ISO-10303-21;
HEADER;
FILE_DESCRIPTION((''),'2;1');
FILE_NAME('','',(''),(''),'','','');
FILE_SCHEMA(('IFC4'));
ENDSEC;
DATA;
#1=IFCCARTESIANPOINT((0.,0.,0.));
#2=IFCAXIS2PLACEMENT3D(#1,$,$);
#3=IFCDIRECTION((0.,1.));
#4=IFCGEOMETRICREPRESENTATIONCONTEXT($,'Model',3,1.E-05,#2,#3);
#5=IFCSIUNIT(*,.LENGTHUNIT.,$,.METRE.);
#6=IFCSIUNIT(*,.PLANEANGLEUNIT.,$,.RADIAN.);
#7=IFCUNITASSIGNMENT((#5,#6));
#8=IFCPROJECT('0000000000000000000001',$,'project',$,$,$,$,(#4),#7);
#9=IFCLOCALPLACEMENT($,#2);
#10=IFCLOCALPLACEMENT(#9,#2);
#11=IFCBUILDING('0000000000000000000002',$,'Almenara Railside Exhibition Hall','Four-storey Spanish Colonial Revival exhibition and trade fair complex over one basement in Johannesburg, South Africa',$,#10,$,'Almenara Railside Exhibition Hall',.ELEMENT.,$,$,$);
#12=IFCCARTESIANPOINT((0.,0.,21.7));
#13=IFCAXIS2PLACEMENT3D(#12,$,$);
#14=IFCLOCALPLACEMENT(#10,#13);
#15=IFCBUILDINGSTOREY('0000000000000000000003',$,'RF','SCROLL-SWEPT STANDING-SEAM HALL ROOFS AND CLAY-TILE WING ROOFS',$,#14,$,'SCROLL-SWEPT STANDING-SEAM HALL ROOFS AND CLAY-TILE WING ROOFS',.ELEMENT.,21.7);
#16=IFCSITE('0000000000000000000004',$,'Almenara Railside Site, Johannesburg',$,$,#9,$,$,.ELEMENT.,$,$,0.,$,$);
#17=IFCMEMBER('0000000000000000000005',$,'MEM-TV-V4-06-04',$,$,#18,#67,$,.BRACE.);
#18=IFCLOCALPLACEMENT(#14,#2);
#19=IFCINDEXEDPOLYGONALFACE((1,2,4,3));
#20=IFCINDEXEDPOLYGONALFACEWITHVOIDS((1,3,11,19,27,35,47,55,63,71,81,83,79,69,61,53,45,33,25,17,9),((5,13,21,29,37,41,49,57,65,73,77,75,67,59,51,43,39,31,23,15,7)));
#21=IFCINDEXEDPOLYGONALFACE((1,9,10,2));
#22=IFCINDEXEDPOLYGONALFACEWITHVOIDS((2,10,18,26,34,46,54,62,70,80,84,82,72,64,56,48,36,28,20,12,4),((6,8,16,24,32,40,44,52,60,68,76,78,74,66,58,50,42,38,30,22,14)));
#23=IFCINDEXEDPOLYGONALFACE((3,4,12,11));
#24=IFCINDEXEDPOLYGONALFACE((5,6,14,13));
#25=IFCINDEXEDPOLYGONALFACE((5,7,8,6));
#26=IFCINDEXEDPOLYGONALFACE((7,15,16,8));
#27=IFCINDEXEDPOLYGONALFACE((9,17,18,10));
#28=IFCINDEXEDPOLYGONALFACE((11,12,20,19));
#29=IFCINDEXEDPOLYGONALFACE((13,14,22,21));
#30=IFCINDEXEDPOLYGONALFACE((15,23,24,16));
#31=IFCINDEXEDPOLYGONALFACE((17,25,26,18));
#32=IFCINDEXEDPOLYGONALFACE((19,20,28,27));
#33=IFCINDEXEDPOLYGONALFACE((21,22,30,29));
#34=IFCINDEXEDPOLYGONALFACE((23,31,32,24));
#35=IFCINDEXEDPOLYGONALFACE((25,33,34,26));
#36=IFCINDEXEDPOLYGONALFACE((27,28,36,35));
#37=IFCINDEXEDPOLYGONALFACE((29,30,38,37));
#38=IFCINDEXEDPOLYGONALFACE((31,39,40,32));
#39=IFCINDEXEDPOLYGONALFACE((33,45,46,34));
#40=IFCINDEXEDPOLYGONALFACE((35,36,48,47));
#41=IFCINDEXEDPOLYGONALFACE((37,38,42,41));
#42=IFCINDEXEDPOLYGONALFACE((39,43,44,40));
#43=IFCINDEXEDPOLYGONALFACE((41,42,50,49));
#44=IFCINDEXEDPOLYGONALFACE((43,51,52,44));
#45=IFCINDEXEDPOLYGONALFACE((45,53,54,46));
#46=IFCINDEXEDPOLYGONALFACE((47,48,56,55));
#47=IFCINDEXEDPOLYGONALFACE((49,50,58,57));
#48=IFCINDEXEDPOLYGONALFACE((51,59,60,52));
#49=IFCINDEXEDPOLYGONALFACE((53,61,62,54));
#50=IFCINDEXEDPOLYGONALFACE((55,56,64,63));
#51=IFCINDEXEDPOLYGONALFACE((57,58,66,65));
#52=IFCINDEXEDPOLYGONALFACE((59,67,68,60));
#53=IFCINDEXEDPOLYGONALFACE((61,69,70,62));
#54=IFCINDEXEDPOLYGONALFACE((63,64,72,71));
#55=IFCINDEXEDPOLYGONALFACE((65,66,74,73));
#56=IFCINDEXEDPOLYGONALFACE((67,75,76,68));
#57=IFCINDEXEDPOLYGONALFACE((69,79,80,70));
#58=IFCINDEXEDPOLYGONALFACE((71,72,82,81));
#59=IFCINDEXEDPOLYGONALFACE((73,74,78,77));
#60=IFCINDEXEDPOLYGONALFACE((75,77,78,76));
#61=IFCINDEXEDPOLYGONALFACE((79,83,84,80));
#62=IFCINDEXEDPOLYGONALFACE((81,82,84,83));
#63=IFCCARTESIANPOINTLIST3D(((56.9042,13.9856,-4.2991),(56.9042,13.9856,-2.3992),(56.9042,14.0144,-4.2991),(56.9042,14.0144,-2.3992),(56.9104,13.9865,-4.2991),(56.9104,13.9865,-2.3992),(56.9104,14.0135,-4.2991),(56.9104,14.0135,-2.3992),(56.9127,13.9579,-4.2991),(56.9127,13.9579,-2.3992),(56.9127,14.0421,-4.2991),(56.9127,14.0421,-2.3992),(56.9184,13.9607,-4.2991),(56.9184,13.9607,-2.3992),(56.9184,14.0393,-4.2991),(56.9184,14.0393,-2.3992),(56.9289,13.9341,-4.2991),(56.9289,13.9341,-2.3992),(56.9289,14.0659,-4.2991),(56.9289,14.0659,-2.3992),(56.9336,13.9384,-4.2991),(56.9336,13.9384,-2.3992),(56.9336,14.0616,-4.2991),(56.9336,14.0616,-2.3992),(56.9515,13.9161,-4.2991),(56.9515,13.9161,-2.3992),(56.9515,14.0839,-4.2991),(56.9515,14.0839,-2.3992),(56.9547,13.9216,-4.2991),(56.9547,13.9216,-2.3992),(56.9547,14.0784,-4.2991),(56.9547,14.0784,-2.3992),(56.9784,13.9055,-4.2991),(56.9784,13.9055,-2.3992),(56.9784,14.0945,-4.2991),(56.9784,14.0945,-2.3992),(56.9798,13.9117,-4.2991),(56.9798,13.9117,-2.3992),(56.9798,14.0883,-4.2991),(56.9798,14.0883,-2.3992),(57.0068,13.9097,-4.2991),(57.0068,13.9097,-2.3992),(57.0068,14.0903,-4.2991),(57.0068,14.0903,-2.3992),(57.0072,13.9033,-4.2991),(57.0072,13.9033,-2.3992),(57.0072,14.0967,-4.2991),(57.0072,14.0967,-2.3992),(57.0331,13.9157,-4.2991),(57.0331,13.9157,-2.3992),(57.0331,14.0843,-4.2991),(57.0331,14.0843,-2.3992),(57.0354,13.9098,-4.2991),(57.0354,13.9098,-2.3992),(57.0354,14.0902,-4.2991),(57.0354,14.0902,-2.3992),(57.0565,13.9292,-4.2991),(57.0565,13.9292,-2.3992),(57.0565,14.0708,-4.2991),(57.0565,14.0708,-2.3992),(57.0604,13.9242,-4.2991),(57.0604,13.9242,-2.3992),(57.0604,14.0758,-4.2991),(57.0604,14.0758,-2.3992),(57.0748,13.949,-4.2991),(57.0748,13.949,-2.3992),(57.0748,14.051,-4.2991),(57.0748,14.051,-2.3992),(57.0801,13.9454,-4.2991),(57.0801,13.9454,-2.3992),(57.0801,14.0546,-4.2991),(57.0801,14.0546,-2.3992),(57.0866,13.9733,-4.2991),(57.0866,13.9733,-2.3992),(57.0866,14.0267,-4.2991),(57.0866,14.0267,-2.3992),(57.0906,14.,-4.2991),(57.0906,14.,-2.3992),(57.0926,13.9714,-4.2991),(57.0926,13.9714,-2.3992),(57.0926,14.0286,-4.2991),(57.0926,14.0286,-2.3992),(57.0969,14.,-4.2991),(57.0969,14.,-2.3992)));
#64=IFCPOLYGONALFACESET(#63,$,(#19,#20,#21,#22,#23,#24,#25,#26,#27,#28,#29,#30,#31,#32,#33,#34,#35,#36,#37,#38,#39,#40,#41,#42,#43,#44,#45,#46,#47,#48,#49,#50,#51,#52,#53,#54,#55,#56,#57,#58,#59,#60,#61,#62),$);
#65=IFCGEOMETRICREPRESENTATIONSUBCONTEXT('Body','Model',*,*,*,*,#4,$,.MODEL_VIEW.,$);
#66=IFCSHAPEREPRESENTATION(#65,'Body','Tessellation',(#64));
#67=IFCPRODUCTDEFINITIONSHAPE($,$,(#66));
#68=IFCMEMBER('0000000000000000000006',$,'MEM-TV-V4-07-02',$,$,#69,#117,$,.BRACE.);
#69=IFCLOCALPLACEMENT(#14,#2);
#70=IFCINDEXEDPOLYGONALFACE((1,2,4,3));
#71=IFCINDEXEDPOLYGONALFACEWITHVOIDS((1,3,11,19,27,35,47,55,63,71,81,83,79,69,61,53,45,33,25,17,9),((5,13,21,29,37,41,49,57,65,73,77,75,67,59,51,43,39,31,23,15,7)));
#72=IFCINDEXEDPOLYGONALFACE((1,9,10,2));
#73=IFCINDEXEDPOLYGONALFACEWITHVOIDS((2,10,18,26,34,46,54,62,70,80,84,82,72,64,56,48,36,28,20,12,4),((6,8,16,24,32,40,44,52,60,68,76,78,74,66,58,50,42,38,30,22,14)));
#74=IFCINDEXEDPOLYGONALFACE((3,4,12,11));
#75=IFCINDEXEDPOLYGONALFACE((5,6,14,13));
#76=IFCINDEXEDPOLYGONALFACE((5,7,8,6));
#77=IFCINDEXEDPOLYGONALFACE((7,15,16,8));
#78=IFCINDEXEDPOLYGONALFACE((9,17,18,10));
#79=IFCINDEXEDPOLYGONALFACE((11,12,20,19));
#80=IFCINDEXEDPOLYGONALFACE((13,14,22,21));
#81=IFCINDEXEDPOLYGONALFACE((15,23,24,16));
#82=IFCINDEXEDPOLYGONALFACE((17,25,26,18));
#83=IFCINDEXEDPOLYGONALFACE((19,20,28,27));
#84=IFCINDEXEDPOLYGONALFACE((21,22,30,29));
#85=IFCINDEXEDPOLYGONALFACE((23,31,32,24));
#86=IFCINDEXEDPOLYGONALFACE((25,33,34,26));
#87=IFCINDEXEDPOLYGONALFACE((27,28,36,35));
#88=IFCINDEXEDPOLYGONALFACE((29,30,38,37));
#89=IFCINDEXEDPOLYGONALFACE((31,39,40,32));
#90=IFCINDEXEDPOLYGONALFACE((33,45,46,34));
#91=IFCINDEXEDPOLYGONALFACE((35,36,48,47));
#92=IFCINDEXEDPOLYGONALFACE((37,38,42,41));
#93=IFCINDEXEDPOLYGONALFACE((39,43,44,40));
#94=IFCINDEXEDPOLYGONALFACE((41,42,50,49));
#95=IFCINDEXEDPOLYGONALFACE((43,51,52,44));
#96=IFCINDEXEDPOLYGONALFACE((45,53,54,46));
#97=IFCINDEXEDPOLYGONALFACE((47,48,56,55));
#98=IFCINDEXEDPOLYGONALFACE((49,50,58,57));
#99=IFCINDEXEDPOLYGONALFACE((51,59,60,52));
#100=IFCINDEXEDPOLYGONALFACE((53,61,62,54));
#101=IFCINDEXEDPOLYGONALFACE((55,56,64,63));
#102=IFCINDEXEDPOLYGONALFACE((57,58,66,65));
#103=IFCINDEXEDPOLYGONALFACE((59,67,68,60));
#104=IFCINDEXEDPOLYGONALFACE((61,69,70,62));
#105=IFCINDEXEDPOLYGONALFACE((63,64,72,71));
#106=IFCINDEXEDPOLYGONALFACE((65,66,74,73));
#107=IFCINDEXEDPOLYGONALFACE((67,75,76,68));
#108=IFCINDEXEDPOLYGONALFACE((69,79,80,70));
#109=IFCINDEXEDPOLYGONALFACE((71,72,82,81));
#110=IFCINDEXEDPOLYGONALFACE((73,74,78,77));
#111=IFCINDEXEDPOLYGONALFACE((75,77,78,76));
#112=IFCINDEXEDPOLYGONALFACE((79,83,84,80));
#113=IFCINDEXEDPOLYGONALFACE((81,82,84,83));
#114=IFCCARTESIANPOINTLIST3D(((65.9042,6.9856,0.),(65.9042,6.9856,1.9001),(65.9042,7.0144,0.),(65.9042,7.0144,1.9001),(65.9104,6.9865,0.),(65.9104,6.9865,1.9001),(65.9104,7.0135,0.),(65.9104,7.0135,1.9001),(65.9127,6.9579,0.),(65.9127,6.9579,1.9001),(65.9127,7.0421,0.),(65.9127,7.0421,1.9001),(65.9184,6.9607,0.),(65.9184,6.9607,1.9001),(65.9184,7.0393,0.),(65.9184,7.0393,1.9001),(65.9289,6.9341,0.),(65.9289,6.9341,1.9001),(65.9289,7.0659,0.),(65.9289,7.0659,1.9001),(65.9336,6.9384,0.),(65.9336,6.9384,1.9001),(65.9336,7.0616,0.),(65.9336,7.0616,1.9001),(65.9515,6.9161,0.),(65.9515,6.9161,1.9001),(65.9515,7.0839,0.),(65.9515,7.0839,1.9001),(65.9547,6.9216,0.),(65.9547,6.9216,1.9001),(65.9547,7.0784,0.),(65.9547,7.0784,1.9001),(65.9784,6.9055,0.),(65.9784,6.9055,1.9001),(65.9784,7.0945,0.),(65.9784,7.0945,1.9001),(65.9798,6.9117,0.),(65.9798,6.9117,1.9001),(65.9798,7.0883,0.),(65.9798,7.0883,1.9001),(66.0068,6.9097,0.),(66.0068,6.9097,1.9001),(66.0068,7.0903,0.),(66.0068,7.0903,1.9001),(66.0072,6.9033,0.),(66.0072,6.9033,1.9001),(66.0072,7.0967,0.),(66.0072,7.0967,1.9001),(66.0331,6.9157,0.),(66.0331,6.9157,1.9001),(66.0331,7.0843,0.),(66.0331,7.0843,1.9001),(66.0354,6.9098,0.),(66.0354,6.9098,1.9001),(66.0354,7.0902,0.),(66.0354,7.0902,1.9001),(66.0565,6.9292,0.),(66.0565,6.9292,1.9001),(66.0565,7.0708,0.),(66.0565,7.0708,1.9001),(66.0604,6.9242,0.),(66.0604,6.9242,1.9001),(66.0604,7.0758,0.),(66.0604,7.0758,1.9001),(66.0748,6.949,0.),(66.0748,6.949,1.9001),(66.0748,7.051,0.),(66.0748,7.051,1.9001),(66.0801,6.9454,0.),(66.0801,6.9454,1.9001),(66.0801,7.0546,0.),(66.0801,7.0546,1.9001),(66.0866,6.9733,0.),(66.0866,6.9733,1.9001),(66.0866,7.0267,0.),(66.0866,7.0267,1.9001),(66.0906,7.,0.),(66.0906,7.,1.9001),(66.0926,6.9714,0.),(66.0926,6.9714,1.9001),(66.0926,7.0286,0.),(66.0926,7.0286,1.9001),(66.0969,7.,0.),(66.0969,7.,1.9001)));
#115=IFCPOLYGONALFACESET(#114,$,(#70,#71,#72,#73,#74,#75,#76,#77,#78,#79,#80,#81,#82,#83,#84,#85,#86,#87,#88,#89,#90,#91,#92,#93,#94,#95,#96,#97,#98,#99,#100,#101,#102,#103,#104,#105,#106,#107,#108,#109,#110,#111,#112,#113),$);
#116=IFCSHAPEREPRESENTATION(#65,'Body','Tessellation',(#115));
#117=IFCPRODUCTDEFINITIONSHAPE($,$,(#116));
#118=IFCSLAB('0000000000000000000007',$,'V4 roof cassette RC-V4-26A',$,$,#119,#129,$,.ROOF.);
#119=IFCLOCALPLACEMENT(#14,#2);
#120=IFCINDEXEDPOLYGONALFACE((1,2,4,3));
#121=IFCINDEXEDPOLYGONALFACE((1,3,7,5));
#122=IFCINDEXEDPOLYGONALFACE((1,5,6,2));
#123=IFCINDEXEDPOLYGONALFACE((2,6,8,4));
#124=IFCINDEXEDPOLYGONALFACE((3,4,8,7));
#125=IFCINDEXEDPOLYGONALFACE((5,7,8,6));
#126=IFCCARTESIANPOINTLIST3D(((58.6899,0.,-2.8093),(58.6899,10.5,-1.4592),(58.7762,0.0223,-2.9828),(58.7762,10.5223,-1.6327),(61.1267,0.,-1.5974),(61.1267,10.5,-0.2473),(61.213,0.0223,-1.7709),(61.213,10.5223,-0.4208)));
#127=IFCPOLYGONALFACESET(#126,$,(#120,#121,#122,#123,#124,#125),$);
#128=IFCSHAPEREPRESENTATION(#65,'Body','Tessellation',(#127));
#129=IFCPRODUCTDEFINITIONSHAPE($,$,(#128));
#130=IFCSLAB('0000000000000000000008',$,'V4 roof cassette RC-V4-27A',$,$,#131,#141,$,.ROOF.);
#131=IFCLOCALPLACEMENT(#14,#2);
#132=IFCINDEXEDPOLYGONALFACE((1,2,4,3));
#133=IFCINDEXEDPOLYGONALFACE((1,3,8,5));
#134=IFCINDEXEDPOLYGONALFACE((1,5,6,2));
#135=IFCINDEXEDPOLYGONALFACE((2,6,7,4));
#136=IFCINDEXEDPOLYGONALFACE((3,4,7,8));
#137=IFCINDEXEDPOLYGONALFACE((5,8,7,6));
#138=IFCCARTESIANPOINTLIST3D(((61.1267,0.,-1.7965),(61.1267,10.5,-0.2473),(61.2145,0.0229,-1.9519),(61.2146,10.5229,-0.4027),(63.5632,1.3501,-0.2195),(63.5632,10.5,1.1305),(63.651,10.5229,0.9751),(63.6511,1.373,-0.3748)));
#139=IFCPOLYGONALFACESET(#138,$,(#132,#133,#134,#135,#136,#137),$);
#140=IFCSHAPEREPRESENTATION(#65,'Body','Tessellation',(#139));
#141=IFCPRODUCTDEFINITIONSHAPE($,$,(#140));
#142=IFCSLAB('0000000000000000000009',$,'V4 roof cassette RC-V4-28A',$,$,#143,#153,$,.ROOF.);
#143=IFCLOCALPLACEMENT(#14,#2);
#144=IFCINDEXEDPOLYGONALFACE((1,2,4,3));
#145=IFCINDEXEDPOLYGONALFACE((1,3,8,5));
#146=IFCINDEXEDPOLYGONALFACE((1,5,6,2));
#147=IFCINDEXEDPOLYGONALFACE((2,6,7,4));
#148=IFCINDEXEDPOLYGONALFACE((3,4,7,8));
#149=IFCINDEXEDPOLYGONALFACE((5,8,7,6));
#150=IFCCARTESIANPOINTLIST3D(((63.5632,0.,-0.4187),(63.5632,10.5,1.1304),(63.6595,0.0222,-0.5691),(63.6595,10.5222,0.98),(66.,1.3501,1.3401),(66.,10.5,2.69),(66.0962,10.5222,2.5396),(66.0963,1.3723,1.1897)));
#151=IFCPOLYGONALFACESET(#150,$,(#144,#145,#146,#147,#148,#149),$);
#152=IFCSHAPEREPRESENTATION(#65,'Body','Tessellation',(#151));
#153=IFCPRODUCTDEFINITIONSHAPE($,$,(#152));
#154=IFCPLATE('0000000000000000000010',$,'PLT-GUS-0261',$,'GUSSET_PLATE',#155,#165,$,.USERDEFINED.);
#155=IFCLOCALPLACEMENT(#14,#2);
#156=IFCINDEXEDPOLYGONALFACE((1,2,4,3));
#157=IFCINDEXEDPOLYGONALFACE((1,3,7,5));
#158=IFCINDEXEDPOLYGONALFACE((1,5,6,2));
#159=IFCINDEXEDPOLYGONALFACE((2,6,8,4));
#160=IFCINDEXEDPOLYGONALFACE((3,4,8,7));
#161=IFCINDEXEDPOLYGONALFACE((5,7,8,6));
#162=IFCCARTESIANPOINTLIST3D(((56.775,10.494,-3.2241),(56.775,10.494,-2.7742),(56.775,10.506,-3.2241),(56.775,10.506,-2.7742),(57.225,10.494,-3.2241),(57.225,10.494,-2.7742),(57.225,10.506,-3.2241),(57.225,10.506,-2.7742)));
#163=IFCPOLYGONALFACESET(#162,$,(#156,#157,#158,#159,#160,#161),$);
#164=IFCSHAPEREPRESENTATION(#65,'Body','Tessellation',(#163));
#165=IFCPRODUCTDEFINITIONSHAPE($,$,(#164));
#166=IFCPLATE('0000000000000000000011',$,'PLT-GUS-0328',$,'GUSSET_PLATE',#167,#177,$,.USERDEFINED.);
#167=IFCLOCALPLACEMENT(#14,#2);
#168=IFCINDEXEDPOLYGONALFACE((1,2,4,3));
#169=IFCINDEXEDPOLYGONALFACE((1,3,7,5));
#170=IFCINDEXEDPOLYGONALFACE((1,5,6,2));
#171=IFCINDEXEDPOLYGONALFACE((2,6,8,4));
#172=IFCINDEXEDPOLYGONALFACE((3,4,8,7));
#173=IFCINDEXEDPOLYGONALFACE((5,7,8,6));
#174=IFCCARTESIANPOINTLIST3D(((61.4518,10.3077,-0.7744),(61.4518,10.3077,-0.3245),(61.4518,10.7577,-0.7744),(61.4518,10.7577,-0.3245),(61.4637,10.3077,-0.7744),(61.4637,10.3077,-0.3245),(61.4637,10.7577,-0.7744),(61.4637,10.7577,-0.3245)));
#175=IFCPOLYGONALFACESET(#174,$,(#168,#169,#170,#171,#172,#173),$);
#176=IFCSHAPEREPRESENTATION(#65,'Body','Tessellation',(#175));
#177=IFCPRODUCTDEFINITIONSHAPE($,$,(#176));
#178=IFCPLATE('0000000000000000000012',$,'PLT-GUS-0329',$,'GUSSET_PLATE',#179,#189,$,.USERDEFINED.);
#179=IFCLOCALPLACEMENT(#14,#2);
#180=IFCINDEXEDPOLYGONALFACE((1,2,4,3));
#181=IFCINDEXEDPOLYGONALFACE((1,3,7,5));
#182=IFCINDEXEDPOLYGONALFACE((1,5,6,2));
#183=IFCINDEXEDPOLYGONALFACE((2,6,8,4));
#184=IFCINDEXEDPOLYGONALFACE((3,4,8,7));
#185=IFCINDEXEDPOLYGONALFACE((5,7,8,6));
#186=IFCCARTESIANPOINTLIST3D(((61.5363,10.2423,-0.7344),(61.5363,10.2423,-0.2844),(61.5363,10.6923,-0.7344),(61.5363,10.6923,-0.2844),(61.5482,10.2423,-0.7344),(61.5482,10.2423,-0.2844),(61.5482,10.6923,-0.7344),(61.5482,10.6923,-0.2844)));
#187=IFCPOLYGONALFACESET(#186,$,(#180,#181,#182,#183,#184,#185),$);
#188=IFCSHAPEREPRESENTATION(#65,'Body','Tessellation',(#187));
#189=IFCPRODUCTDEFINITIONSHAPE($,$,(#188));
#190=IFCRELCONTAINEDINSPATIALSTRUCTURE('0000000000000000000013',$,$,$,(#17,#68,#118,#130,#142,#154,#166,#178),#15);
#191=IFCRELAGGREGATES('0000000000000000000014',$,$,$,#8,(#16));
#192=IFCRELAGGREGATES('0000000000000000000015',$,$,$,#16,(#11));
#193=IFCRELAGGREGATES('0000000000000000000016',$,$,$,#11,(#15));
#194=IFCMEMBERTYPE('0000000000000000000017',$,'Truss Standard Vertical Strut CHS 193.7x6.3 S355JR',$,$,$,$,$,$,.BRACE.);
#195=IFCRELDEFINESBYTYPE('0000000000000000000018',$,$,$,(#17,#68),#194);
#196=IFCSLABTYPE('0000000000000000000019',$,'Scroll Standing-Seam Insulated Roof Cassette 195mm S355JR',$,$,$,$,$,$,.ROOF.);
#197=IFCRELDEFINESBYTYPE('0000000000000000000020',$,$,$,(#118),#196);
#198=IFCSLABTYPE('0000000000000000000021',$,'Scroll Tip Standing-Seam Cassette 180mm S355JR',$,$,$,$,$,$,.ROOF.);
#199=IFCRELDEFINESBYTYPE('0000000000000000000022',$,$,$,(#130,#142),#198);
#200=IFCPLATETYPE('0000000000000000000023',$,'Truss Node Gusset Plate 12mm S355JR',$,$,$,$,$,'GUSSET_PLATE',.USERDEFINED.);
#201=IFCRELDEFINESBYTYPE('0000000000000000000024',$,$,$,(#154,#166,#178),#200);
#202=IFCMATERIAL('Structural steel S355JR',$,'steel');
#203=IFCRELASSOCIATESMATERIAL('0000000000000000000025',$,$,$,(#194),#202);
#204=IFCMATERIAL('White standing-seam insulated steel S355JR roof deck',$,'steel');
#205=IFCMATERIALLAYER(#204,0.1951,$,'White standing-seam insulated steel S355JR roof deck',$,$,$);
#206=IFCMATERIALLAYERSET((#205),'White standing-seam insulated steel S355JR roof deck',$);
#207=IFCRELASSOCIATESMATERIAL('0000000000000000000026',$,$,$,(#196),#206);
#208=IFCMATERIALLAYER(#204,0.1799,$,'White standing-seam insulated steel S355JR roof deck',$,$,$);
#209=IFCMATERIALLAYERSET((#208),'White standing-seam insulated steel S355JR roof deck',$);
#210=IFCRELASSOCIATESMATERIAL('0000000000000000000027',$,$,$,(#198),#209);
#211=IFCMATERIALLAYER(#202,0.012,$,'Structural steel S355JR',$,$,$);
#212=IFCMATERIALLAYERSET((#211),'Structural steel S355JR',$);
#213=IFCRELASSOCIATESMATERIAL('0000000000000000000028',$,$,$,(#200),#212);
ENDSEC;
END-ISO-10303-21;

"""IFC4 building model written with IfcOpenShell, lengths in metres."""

from ifc_helpers import new_model, si_unit, direction, frame, origin, origin_2d, place, context, subcontext, project, spatial, polyline, rectangle, hollow_circle, outline, extrude, material, layer, layer_set, material_profile, profile_set, type_object, element, save


model = new_model("IFC4")

# Units and contexts
model_context = context("Model", 3, precision=1e-05, world=origin(), true_north=direction((0.0, 1.0)))
body_context = subcontext(model_context, "Body", "Model", "MODEL_VIEW")
ifc_project = project(units=[si_unit("LENGTHUNIT", "METRE"), si_unit("PLANEANGLEUNIT", "RADIAN")], contexts=[model_context])

# Site, building, storey
site_placement = place(None, origin())
site = spatial("IfcSite", under=ifc_project, at=site_placement, Name="Almenara Railside Site, Johannesburg", CompositionType="ELEMENT", RefElevation=0.0)
building_placement = place(site_placement, origin())
building = spatial("IfcBuilding", under=site, at=building_placement, Name="Almenara Railside Exhibition Hall", Description="Four-storey Spanish Colonial Revival exhibition and trade fair complex over one basement in Johannesburg, South Africa", LongName="Almenara Railside Exhibition Hall", CompositionType="ELEMENT")
storey_placement = place(building_placement, frame((0.0, 0.0, 21.7)))
storey = spatial("IfcBuildingStorey", under=building, at=storey_placement, Name="RF", Description="SCROLL-SWEPT STANDING-SEAM HALL ROOFS AND CLAY-TILE WING ROOFS", LongName="SCROLL-SWEPT STANDING-SEAM HALL ROOFS AND CLAY-TILE WING ROOFS", CompositionType="ELEMENT", Elevation=21.7)

# Members
ifc_material_1 = material(Name="Structural steel S355JR", Category="steel")
ifc_material_profile_1 = material_profile(ifc_material_1, hollow_circle(Radius=0.0969, WallThickness=0.0063, at=origin_2d()), Name="CHS 193.7x6.3")
ifc_profile_set_1 = profile_set([ifc_material_profile_1], Name="Structural steel S355JR")
member_type_1 = type_object("IfcMemberType", Name="Truss Standard Vertical Strut CHS 193.7x6.3 S355JR", PredefinedType="BRACE", material=ifc_profile_set_1)
member_1_placement = place(storey_placement, frame((57.0, 14.0, -4.2991), z_axis=(0.0, 0.0, 1.0), x_axis=(1.0, 0.0, 0.0)))
element("IfcMember", 1, at=member_1_placement, inside=storey, type_object=member_type_1, Name="MEM-TV-V4-06-04", PredefinedType="BRACE", context=body_context, shape_type="SweptSolid", body=[
    extrude(hollow_circle(Radius=0.0969, WallThickness=0.0063, at=origin_2d()), origin(), (0.0, 0.0, 1.0), 1.8999),
])
member_2_placement = place(storey_placement, frame((66.0, 7.0, 0.0), z_axis=(0.0, 0.0, 1.0), x_axis=(1.0, 0.0, 0.0)))
element("IfcMember", 2, at=member_2_placement, inside=storey, type_object=member_type_1, Name="MEM-TV-V4-07-02", PredefinedType="BRACE", context=body_context, shape_type="SweptSolid", body=[
    extrude(hollow_circle(Radius=0.0969, WallThickness=0.0063, at=origin_2d()), origin(), (0.0, 0.0, 1.0), 1.9001),
])

# Slabs
ifc_material_2 = material(Name="White standing-seam insulated steel S355JR roof deck", Category="steel")
ifc_layer_1 = layer(ifc_material_2, 0.1951, Name="White standing-seam insulated steel S355JR roof deck")
ifc_layer_set_1 = layer_set([ifc_layer_1], Name="White standing-seam insulated steel S355JR roof deck")
slab_type_1 = type_object("IfcSlabType", Name="Scroll Standing-Seam Insulated Roof Cassette 195mm S355JR", PredefinedType="ROOF", material=ifc_layer_set_1)
slab_1_placement = place(storey_placement, frame((58.6899, 10.5, -1.4592), z_axis=(-0.442389, -0.114373, 0.889501), x_axis=(0.895376, 0.0, 0.445311)))
element("IfcSlab", 3, at=slab_1_placement, inside=storey, type_object=slab_type_1, Name="V4 roof cassette RC-V4-26A", PredefinedType="ROOF", context=body_context, shape_type="SweptSolid", body=[
    extrude(outline(polyline([(0.0, 0.0), (2.7215, 0.0), (2.1203, -10.5694), (-0.6012, -10.5694), (0.0, 0.0)])), origin(), (0.0, 0.0, -1.0), 0.1951),
])
ifc_layer_2 = layer(ifc_material_2, 0.1799, Name="White standing-seam insulated steel S355JR roof deck")
ifc_layer_set_2 = layer_set([ifc_layer_2], Name="White standing-seam insulated steel S355JR roof deck")
slab_type_2 = type_object("IfcSlabType", Name="Scroll Tip Standing-Seam Cassette 180mm S355JR", PredefinedType="ROOF", material=ifc_layer_set_2)
slab_2_placement = place(storey_placement, frame((61.1267, 10.5, -0.2473), z_axis=(-0.488224, -0.127383, 0.863372), x_axis=(0.870463, -0.000005, 0.492234)))
element("IfcSlab", 4, at=slab_2_placement, inside=storey, type_object=slab_type_2, Name="V4 roof cassette RC-V4-27A", PredefinedType="ROOF", context=body_context, shape_type="SweptSolid", body=[
    extrude(outline(polyline([(0.0, 0.0), (2.799, 0.0), (2.1347, -9.225), (-0.7626, -10.5863), (0.0, 0.0)])), origin(), (0.0, 0.0, -1.0), 0.1799),
])
slab_3_placement = place(storey_placement, frame((63.5632, 10.5, 1.1304), z_axis=(-0.534954, -0.12331, 0.835834), x_axis=(0.842262, -0.000001, 0.539068)))
element("IfcSlab", 5, at=slab_3_placement, inside=storey, type_object=slab_type_2, Name="V4 roof cassette RC-V4-28A", PredefinedType="ROOF", context=body_context, shape_type="SweptSolid", body=[
    extrude(outline(polyline([(0.0, 0.0), (2.8931, 0.0), (2.1655, -9.2203), (-0.835, -10.5808), (0.0, 0.0)])), origin(), (0.0, 0.0, -1.0), 0.1799),
])

# Plates
ifc_layer_3 = layer(ifc_material_1, 0.012, Name="Structural steel S355JR")
ifc_layer_set_3 = layer_set([ifc_layer_3], Name="Structural steel S355JR")
plate_type_1 = type_object("IfcPlateType", Name="Truss Node Gusset Plate 12mm S355JR", ElementType="GUSSET_PLATE", PredefinedType="USERDEFINED", material=ifc_layer_set_3)
for number, where, z_axis, x_axis, name in (
    (6, (57.0, 10.5, -3.2241), (0.0, 0.0, 1.0), (1.0, 0.0, 0.0), "PLT-GUS-0261"),
    (7, (61.4578, 10.5327, -0.7744), (0.0, 0.0, 1.0), (0.0, 1.0, 0.0), "PLT-GUS-0328"),
    (8, (61.5422, 10.4673, -0.7344), (0.0, 0.0, 1.0), (0.0, 1.0, 0.0), "PLT-GUS-0329"),
):
    element("IfcPlate", number, at=place(storey_placement, frame(where, z_axis=z_axis, x_axis=x_axis)), inside=storey, type_object=plate_type_1, Name=name, ObjectType="GUSSET_PLATE", PredefinedType="USERDEFINED", context=body_context, shape_type="SweptSolid", body=[
        extrude(rectangle(XDim=0.45, YDim=0.012, at=origin_2d()), origin(), (0.0, 0.0, 1.0), 0.45),
    ])

save(model, "model.ifc")
